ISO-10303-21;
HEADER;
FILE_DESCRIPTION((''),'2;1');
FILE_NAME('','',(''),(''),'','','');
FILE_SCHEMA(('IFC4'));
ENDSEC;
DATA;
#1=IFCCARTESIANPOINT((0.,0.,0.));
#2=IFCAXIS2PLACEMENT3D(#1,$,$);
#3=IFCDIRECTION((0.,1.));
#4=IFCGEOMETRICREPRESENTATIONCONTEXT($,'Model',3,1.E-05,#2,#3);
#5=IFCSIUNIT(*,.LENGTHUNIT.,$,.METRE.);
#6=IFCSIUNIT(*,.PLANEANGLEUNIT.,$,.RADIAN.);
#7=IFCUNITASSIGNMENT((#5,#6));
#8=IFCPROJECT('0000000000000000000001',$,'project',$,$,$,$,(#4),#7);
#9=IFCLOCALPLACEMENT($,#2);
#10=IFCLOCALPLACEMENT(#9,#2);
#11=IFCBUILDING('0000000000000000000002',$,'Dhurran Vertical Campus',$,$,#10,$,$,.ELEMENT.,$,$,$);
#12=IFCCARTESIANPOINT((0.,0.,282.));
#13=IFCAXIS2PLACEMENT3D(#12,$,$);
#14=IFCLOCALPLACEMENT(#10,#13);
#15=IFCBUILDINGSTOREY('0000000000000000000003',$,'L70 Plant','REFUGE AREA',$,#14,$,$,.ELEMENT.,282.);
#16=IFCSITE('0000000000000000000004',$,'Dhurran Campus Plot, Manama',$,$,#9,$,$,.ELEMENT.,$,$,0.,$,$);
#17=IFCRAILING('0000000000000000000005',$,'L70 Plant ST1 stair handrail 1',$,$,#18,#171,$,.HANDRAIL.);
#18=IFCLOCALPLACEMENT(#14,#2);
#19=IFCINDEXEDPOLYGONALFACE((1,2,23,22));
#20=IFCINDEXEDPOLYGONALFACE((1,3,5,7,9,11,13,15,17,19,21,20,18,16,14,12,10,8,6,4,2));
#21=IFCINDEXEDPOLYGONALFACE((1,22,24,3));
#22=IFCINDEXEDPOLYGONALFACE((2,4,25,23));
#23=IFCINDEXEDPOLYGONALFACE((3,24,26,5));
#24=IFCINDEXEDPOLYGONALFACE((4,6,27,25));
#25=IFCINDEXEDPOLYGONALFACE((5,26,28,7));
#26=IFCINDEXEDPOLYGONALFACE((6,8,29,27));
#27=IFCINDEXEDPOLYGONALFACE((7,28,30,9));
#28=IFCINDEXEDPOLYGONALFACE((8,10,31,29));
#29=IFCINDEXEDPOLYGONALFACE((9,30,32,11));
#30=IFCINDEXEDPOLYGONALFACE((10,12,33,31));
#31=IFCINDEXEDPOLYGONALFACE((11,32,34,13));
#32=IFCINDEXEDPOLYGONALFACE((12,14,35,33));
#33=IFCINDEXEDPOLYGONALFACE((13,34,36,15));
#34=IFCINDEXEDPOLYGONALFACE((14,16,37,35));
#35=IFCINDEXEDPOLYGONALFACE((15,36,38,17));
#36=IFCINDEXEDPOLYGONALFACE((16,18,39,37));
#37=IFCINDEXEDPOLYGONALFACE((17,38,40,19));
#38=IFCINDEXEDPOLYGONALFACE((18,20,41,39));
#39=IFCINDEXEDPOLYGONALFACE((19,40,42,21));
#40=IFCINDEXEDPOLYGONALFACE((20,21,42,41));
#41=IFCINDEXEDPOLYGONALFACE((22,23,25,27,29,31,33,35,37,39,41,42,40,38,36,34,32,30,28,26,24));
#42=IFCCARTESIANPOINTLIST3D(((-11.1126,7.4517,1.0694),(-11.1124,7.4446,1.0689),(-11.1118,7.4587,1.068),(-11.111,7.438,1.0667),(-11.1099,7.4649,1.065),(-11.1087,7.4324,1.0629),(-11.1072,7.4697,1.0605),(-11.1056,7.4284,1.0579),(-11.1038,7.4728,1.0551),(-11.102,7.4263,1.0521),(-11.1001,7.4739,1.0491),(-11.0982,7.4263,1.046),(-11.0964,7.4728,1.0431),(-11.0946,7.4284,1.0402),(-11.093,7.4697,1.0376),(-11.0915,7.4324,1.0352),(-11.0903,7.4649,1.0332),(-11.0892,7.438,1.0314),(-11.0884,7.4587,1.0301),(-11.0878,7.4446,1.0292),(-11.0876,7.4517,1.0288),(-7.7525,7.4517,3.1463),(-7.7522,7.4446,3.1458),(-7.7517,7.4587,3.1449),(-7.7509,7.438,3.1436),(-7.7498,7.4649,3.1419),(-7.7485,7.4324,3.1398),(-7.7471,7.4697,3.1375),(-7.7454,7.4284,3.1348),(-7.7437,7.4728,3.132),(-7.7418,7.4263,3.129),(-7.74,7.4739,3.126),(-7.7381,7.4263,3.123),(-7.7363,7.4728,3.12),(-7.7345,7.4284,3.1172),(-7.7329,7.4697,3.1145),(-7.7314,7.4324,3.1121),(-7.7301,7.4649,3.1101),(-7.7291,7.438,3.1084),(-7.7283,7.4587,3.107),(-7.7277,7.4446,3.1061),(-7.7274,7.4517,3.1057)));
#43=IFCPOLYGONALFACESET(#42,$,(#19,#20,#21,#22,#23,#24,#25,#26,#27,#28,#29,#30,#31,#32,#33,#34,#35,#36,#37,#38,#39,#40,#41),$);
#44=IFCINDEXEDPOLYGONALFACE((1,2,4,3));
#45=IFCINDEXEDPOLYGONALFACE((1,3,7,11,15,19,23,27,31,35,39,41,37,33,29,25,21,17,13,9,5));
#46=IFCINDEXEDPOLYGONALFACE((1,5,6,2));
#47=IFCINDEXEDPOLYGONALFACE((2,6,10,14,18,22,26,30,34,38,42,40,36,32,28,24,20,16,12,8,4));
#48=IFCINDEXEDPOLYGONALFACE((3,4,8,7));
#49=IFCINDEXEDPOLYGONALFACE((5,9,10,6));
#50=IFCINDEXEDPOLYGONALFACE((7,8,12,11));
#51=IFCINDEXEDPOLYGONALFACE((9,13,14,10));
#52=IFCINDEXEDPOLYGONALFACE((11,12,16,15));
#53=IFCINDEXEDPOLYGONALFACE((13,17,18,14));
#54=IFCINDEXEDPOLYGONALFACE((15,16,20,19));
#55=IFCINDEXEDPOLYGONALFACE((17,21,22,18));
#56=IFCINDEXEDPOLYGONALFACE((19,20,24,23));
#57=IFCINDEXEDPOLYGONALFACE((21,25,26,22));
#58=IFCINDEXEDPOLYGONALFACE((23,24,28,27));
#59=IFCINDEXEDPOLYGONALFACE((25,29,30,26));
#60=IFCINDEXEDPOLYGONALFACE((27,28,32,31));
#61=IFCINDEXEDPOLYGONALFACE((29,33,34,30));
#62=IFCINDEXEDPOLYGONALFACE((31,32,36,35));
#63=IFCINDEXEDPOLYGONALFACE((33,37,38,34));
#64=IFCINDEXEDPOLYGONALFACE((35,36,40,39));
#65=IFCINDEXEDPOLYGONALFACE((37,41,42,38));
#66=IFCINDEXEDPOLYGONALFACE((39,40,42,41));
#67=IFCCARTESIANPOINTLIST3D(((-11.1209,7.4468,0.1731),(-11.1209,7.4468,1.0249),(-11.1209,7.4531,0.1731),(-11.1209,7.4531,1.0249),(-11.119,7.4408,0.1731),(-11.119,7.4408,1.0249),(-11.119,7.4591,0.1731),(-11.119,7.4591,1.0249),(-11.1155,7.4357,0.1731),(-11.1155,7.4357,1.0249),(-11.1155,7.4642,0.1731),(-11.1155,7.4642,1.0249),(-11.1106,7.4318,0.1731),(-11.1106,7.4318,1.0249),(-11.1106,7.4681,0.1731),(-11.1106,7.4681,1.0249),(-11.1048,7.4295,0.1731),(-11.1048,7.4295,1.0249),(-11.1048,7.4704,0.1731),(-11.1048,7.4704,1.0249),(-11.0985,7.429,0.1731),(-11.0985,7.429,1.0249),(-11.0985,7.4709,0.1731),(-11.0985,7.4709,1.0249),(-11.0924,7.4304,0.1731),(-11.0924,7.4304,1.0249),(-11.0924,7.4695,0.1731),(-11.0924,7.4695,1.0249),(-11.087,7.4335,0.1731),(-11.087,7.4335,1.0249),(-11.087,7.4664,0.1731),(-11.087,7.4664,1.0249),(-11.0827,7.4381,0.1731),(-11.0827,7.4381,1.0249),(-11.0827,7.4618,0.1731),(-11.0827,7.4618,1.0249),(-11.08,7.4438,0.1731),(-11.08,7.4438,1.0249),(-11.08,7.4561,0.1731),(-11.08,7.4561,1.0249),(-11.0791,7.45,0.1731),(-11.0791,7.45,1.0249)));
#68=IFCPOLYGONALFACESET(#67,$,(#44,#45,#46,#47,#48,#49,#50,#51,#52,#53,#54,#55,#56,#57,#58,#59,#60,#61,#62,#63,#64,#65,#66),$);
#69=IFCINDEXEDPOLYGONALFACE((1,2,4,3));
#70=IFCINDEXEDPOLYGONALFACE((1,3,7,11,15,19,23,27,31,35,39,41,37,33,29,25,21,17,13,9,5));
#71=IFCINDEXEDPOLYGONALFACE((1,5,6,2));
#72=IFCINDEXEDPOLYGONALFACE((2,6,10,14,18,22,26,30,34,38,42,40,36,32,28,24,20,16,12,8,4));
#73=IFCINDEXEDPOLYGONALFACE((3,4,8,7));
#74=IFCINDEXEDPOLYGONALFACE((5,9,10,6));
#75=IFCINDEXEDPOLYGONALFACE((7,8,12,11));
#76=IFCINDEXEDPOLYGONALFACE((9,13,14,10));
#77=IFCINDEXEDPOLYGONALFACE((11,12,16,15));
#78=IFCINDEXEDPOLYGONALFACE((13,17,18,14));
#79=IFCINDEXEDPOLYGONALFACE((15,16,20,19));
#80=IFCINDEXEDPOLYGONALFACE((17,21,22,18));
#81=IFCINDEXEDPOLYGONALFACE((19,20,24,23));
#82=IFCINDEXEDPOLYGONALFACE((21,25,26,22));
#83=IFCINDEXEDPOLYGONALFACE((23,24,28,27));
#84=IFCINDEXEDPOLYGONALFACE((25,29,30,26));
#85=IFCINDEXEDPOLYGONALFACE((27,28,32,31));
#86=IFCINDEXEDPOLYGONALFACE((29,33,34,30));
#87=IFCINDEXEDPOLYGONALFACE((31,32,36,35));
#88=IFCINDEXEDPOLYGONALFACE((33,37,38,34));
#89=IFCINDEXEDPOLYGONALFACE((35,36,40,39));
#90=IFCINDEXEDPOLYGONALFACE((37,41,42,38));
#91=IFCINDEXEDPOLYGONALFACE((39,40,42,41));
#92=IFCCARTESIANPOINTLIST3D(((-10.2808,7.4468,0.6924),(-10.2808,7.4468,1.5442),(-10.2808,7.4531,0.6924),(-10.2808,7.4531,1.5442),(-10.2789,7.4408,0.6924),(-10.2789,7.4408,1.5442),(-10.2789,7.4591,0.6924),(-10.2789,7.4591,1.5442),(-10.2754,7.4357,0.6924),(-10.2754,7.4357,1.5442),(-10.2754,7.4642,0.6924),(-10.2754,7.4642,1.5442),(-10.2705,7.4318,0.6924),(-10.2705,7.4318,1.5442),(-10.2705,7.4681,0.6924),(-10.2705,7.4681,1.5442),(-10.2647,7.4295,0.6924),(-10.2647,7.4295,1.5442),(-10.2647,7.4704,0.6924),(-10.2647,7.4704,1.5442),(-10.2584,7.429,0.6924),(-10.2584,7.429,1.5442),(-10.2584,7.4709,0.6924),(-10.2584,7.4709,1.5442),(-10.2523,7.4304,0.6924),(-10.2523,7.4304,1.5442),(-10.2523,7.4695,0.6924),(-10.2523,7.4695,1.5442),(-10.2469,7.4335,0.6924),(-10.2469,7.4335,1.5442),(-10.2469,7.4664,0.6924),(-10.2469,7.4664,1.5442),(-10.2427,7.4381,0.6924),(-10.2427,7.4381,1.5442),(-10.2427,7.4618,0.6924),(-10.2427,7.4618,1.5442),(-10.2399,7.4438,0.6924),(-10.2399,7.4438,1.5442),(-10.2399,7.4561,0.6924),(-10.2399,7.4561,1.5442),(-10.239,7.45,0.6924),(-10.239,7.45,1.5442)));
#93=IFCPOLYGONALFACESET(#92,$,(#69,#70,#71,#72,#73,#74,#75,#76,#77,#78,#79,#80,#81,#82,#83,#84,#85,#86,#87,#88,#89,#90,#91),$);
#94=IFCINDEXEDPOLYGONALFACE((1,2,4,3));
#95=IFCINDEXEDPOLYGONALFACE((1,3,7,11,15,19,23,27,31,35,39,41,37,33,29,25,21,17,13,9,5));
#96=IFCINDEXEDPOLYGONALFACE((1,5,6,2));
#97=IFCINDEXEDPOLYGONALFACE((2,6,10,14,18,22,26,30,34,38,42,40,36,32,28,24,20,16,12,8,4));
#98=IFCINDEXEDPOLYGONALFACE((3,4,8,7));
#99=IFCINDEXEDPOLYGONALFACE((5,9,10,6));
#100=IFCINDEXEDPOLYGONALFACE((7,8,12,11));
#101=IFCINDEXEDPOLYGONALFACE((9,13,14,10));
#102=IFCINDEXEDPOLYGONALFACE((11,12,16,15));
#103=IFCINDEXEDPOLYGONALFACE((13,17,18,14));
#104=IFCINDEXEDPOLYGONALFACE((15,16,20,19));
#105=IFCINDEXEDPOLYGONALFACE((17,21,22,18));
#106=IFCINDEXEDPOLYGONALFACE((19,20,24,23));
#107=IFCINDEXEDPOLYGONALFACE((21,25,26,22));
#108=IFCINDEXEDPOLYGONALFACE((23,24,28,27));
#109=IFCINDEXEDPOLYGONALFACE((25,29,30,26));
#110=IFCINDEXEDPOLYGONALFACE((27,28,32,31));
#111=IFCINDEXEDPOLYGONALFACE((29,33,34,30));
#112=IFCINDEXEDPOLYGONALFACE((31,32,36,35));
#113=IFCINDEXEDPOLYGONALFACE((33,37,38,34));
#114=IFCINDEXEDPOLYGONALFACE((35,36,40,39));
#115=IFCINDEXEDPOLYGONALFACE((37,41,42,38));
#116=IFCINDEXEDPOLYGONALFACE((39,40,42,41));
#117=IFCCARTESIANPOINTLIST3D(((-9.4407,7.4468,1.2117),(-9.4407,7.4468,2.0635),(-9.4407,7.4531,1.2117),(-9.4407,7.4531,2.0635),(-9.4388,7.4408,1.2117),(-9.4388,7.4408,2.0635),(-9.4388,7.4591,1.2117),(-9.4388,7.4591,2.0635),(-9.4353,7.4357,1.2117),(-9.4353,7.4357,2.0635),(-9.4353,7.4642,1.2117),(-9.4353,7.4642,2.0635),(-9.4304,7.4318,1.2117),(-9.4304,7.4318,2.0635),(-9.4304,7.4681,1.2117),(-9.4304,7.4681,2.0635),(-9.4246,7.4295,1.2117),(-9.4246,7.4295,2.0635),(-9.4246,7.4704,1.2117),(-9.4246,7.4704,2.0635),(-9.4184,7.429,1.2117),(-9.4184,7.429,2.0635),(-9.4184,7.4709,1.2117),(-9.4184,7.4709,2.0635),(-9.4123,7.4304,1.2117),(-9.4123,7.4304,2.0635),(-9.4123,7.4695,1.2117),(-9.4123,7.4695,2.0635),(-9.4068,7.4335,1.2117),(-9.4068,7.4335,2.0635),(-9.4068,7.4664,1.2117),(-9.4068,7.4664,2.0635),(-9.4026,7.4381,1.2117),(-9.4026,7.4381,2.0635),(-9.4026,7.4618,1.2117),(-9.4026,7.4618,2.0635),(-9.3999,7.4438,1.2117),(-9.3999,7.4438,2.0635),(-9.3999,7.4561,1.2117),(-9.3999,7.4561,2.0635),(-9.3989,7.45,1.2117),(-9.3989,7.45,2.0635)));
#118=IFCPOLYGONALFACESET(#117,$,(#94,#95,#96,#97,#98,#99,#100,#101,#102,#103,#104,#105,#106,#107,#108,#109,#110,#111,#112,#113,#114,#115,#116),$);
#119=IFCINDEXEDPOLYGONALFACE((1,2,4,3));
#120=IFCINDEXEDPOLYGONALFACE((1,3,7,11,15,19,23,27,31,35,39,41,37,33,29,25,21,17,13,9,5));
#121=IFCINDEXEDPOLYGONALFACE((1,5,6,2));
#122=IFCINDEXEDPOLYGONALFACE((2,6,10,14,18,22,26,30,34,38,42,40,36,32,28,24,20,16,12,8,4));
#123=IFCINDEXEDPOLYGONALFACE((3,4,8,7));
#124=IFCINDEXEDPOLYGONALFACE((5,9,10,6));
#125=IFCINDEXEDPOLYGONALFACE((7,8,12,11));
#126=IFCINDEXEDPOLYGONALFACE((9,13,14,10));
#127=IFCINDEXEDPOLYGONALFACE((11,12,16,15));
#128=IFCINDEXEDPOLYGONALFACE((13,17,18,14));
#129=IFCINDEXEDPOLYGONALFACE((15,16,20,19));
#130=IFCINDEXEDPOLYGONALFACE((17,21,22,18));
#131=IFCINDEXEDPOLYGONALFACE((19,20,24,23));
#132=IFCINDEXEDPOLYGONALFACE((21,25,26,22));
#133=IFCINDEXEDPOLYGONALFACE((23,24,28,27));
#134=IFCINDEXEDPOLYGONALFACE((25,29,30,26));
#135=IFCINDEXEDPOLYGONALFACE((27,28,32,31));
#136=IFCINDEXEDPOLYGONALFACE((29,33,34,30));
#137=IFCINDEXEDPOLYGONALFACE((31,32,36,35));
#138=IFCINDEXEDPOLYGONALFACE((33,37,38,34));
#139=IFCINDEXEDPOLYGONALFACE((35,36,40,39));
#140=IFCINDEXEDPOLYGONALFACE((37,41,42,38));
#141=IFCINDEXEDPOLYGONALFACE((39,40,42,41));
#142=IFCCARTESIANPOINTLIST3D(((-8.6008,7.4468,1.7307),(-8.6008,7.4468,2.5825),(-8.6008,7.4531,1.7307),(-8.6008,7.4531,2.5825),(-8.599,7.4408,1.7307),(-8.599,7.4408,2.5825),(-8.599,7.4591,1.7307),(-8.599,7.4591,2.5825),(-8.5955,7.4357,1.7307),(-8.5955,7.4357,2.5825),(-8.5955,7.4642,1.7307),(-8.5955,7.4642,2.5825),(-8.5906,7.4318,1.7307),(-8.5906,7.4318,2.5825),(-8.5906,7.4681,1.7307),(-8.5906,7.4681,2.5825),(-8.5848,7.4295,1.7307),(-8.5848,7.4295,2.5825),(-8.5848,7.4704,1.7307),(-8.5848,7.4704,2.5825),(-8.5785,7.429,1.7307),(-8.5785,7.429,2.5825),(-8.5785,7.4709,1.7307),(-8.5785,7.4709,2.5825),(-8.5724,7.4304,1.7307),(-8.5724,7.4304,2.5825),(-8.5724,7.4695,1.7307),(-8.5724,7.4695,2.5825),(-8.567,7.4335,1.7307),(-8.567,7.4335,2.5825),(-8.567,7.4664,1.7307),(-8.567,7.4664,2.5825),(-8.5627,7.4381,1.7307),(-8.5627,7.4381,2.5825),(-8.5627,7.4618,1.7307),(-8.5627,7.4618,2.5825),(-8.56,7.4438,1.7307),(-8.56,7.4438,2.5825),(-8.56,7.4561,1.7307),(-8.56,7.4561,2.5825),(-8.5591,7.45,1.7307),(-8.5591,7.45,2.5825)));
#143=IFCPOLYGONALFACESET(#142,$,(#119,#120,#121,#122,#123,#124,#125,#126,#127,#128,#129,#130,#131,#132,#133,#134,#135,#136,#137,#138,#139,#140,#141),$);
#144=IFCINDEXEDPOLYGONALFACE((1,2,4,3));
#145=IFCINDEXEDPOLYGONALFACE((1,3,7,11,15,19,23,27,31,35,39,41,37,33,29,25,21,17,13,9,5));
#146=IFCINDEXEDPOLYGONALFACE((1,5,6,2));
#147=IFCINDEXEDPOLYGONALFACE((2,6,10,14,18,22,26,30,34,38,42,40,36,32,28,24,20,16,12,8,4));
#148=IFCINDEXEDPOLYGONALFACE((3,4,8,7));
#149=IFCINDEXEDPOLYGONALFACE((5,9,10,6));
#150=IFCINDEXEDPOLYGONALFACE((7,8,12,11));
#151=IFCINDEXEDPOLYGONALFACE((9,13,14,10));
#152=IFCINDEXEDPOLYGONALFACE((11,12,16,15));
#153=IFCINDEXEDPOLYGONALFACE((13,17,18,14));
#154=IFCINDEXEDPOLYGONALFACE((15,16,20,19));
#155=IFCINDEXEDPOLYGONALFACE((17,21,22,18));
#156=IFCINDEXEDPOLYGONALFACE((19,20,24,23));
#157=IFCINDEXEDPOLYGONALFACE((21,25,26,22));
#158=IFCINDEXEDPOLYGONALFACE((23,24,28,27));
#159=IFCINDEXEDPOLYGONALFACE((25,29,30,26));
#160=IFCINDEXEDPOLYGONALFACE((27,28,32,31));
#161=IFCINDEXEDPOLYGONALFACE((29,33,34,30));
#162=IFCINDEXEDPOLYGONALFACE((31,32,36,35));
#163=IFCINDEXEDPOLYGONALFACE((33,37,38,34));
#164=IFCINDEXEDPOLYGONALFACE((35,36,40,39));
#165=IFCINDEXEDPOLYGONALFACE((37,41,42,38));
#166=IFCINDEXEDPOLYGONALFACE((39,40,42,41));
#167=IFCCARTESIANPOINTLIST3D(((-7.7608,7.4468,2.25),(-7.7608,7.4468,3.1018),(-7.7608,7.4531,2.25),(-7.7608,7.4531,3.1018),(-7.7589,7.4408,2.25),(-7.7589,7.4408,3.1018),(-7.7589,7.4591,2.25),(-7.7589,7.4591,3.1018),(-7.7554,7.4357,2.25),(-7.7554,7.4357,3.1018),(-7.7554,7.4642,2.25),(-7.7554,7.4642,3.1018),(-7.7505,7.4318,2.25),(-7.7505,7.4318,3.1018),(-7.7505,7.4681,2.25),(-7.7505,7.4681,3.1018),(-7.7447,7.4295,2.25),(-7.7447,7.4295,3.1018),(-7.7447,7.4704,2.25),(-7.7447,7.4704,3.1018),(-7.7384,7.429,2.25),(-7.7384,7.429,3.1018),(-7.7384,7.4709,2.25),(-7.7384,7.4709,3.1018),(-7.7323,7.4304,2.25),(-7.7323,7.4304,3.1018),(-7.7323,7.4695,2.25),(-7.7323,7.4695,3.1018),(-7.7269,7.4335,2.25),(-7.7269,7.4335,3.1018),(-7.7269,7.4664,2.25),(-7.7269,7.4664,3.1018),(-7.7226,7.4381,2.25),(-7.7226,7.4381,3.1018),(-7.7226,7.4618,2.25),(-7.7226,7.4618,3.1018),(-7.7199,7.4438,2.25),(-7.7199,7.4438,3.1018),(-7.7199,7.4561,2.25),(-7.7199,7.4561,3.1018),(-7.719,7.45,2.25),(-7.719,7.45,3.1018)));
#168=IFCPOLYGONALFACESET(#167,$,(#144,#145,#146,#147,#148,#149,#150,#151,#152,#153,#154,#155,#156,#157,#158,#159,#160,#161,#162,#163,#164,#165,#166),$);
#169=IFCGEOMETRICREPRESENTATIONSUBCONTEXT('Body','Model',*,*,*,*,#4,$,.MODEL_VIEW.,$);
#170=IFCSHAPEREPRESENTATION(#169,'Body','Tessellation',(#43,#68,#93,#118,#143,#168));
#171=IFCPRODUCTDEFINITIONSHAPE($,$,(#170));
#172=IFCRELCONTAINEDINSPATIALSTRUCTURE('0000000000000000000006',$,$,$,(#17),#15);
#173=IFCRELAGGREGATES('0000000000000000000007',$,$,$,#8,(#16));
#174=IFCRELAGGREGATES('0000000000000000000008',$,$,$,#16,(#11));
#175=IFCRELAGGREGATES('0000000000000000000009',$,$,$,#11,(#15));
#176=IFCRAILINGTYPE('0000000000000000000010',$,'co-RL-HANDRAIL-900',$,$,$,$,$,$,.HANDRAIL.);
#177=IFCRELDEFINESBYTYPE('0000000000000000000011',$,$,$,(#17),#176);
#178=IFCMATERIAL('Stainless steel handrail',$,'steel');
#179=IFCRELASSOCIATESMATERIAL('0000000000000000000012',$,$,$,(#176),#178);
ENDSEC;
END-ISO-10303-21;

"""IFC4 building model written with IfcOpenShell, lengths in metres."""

from ifc_helpers import new_model, si_unit, direction, frame, origin, origin_2d, place, context, subcontext, project, spatial, circle, extrude, material, type_object, element, save


model = new_model("IFC4")

# Units and contexts
model_context = context("Model", 3, precision=1e-05, world=origin(), true_north=direction((0.0, 1.0)))
body_context = subcontext(model_context, "Body", "Model", "MODEL_VIEW")
ifc_project = project(units=[si_unit("LENGTHUNIT", "METRE"), si_unit("PLANEANGLEUNIT", "RADIAN")], contexts=[model_context])

# Site, building, storey
site_placement = place(None, origin())
site = spatial("IfcSite", under=ifc_project, at=site_placement, Name="Dhurran Campus Plot, Manama", CompositionType="ELEMENT", RefElevation=0.0)
building_placement = place(site_placement, origin())
building = spatial("IfcBuilding", under=site, at=building_placement, Name="Dhurran Vertical Campus", CompositionType="ELEMENT")
storey_placement = place(building_placement, frame((0.0, 0.0, 282.0)))
storey = spatial("IfcBuildingStorey", under=building, at=storey_placement, Name="L70 Plant", Description="REFUGE AREA", CompositionType="ELEMENT", Elevation=282.0)

# Railing
ifc_material_1 = material(Name="Stainless steel handrail", Category="steel")
railing_type_1 = type_object("IfcRailingType", Name="co-RL-HANDRAIL-900", PredefinedType="HANDRAIL", material=ifc_material_1)
railing_1_placement = place(storey_placement, frame((-11.1001, 7.45, 0.1731)))
element("IfcRailing", 1, at=railing_1_placement, inside=storey, type_object=railing_type_1, Name="L70 Plant ST1 stair handrail 1", PredefinedType="HANDRAIL", context=body_context, shape_type="SweptSolid", body=[
    extrude(circle(Radius=0.0239, at=origin_2d()), frame((0.0, 0.0, 0.876), z_axis=(0.850623, 0.0, 0.525776), x_axis=(0.0, 1.0, 0.0)), (0.0, 0.0, 1.0), 3.9502),
    extrude(circle(Radius=0.021, at=origin_2d()), origin(), (0.0, 0.0, 1.0), 0.8518),
    extrude(circle(Radius=0.021, at=origin_2d()), frame((0.8401, 0.0, 0.5193)), (0.0, 0.0, 1.0), 0.8518),
    extrude(circle(Radius=0.021, at=origin_2d()), frame((1.6802, 0.0, 1.0386)), (0.0, 0.0, 1.0), 0.8518),
    extrude(circle(Radius=0.021, at=origin_2d()), frame((2.52, 0.0, 1.5576)), (0.0, 0.0, 1.0), 0.8518),
    extrude(circle(Radius=0.021, at=origin_2d()), frame((3.3601, 0.0, 2.0769)), (0.0, 0.0, 1.0), 0.8518),
])

save(model, "model.ifc")
